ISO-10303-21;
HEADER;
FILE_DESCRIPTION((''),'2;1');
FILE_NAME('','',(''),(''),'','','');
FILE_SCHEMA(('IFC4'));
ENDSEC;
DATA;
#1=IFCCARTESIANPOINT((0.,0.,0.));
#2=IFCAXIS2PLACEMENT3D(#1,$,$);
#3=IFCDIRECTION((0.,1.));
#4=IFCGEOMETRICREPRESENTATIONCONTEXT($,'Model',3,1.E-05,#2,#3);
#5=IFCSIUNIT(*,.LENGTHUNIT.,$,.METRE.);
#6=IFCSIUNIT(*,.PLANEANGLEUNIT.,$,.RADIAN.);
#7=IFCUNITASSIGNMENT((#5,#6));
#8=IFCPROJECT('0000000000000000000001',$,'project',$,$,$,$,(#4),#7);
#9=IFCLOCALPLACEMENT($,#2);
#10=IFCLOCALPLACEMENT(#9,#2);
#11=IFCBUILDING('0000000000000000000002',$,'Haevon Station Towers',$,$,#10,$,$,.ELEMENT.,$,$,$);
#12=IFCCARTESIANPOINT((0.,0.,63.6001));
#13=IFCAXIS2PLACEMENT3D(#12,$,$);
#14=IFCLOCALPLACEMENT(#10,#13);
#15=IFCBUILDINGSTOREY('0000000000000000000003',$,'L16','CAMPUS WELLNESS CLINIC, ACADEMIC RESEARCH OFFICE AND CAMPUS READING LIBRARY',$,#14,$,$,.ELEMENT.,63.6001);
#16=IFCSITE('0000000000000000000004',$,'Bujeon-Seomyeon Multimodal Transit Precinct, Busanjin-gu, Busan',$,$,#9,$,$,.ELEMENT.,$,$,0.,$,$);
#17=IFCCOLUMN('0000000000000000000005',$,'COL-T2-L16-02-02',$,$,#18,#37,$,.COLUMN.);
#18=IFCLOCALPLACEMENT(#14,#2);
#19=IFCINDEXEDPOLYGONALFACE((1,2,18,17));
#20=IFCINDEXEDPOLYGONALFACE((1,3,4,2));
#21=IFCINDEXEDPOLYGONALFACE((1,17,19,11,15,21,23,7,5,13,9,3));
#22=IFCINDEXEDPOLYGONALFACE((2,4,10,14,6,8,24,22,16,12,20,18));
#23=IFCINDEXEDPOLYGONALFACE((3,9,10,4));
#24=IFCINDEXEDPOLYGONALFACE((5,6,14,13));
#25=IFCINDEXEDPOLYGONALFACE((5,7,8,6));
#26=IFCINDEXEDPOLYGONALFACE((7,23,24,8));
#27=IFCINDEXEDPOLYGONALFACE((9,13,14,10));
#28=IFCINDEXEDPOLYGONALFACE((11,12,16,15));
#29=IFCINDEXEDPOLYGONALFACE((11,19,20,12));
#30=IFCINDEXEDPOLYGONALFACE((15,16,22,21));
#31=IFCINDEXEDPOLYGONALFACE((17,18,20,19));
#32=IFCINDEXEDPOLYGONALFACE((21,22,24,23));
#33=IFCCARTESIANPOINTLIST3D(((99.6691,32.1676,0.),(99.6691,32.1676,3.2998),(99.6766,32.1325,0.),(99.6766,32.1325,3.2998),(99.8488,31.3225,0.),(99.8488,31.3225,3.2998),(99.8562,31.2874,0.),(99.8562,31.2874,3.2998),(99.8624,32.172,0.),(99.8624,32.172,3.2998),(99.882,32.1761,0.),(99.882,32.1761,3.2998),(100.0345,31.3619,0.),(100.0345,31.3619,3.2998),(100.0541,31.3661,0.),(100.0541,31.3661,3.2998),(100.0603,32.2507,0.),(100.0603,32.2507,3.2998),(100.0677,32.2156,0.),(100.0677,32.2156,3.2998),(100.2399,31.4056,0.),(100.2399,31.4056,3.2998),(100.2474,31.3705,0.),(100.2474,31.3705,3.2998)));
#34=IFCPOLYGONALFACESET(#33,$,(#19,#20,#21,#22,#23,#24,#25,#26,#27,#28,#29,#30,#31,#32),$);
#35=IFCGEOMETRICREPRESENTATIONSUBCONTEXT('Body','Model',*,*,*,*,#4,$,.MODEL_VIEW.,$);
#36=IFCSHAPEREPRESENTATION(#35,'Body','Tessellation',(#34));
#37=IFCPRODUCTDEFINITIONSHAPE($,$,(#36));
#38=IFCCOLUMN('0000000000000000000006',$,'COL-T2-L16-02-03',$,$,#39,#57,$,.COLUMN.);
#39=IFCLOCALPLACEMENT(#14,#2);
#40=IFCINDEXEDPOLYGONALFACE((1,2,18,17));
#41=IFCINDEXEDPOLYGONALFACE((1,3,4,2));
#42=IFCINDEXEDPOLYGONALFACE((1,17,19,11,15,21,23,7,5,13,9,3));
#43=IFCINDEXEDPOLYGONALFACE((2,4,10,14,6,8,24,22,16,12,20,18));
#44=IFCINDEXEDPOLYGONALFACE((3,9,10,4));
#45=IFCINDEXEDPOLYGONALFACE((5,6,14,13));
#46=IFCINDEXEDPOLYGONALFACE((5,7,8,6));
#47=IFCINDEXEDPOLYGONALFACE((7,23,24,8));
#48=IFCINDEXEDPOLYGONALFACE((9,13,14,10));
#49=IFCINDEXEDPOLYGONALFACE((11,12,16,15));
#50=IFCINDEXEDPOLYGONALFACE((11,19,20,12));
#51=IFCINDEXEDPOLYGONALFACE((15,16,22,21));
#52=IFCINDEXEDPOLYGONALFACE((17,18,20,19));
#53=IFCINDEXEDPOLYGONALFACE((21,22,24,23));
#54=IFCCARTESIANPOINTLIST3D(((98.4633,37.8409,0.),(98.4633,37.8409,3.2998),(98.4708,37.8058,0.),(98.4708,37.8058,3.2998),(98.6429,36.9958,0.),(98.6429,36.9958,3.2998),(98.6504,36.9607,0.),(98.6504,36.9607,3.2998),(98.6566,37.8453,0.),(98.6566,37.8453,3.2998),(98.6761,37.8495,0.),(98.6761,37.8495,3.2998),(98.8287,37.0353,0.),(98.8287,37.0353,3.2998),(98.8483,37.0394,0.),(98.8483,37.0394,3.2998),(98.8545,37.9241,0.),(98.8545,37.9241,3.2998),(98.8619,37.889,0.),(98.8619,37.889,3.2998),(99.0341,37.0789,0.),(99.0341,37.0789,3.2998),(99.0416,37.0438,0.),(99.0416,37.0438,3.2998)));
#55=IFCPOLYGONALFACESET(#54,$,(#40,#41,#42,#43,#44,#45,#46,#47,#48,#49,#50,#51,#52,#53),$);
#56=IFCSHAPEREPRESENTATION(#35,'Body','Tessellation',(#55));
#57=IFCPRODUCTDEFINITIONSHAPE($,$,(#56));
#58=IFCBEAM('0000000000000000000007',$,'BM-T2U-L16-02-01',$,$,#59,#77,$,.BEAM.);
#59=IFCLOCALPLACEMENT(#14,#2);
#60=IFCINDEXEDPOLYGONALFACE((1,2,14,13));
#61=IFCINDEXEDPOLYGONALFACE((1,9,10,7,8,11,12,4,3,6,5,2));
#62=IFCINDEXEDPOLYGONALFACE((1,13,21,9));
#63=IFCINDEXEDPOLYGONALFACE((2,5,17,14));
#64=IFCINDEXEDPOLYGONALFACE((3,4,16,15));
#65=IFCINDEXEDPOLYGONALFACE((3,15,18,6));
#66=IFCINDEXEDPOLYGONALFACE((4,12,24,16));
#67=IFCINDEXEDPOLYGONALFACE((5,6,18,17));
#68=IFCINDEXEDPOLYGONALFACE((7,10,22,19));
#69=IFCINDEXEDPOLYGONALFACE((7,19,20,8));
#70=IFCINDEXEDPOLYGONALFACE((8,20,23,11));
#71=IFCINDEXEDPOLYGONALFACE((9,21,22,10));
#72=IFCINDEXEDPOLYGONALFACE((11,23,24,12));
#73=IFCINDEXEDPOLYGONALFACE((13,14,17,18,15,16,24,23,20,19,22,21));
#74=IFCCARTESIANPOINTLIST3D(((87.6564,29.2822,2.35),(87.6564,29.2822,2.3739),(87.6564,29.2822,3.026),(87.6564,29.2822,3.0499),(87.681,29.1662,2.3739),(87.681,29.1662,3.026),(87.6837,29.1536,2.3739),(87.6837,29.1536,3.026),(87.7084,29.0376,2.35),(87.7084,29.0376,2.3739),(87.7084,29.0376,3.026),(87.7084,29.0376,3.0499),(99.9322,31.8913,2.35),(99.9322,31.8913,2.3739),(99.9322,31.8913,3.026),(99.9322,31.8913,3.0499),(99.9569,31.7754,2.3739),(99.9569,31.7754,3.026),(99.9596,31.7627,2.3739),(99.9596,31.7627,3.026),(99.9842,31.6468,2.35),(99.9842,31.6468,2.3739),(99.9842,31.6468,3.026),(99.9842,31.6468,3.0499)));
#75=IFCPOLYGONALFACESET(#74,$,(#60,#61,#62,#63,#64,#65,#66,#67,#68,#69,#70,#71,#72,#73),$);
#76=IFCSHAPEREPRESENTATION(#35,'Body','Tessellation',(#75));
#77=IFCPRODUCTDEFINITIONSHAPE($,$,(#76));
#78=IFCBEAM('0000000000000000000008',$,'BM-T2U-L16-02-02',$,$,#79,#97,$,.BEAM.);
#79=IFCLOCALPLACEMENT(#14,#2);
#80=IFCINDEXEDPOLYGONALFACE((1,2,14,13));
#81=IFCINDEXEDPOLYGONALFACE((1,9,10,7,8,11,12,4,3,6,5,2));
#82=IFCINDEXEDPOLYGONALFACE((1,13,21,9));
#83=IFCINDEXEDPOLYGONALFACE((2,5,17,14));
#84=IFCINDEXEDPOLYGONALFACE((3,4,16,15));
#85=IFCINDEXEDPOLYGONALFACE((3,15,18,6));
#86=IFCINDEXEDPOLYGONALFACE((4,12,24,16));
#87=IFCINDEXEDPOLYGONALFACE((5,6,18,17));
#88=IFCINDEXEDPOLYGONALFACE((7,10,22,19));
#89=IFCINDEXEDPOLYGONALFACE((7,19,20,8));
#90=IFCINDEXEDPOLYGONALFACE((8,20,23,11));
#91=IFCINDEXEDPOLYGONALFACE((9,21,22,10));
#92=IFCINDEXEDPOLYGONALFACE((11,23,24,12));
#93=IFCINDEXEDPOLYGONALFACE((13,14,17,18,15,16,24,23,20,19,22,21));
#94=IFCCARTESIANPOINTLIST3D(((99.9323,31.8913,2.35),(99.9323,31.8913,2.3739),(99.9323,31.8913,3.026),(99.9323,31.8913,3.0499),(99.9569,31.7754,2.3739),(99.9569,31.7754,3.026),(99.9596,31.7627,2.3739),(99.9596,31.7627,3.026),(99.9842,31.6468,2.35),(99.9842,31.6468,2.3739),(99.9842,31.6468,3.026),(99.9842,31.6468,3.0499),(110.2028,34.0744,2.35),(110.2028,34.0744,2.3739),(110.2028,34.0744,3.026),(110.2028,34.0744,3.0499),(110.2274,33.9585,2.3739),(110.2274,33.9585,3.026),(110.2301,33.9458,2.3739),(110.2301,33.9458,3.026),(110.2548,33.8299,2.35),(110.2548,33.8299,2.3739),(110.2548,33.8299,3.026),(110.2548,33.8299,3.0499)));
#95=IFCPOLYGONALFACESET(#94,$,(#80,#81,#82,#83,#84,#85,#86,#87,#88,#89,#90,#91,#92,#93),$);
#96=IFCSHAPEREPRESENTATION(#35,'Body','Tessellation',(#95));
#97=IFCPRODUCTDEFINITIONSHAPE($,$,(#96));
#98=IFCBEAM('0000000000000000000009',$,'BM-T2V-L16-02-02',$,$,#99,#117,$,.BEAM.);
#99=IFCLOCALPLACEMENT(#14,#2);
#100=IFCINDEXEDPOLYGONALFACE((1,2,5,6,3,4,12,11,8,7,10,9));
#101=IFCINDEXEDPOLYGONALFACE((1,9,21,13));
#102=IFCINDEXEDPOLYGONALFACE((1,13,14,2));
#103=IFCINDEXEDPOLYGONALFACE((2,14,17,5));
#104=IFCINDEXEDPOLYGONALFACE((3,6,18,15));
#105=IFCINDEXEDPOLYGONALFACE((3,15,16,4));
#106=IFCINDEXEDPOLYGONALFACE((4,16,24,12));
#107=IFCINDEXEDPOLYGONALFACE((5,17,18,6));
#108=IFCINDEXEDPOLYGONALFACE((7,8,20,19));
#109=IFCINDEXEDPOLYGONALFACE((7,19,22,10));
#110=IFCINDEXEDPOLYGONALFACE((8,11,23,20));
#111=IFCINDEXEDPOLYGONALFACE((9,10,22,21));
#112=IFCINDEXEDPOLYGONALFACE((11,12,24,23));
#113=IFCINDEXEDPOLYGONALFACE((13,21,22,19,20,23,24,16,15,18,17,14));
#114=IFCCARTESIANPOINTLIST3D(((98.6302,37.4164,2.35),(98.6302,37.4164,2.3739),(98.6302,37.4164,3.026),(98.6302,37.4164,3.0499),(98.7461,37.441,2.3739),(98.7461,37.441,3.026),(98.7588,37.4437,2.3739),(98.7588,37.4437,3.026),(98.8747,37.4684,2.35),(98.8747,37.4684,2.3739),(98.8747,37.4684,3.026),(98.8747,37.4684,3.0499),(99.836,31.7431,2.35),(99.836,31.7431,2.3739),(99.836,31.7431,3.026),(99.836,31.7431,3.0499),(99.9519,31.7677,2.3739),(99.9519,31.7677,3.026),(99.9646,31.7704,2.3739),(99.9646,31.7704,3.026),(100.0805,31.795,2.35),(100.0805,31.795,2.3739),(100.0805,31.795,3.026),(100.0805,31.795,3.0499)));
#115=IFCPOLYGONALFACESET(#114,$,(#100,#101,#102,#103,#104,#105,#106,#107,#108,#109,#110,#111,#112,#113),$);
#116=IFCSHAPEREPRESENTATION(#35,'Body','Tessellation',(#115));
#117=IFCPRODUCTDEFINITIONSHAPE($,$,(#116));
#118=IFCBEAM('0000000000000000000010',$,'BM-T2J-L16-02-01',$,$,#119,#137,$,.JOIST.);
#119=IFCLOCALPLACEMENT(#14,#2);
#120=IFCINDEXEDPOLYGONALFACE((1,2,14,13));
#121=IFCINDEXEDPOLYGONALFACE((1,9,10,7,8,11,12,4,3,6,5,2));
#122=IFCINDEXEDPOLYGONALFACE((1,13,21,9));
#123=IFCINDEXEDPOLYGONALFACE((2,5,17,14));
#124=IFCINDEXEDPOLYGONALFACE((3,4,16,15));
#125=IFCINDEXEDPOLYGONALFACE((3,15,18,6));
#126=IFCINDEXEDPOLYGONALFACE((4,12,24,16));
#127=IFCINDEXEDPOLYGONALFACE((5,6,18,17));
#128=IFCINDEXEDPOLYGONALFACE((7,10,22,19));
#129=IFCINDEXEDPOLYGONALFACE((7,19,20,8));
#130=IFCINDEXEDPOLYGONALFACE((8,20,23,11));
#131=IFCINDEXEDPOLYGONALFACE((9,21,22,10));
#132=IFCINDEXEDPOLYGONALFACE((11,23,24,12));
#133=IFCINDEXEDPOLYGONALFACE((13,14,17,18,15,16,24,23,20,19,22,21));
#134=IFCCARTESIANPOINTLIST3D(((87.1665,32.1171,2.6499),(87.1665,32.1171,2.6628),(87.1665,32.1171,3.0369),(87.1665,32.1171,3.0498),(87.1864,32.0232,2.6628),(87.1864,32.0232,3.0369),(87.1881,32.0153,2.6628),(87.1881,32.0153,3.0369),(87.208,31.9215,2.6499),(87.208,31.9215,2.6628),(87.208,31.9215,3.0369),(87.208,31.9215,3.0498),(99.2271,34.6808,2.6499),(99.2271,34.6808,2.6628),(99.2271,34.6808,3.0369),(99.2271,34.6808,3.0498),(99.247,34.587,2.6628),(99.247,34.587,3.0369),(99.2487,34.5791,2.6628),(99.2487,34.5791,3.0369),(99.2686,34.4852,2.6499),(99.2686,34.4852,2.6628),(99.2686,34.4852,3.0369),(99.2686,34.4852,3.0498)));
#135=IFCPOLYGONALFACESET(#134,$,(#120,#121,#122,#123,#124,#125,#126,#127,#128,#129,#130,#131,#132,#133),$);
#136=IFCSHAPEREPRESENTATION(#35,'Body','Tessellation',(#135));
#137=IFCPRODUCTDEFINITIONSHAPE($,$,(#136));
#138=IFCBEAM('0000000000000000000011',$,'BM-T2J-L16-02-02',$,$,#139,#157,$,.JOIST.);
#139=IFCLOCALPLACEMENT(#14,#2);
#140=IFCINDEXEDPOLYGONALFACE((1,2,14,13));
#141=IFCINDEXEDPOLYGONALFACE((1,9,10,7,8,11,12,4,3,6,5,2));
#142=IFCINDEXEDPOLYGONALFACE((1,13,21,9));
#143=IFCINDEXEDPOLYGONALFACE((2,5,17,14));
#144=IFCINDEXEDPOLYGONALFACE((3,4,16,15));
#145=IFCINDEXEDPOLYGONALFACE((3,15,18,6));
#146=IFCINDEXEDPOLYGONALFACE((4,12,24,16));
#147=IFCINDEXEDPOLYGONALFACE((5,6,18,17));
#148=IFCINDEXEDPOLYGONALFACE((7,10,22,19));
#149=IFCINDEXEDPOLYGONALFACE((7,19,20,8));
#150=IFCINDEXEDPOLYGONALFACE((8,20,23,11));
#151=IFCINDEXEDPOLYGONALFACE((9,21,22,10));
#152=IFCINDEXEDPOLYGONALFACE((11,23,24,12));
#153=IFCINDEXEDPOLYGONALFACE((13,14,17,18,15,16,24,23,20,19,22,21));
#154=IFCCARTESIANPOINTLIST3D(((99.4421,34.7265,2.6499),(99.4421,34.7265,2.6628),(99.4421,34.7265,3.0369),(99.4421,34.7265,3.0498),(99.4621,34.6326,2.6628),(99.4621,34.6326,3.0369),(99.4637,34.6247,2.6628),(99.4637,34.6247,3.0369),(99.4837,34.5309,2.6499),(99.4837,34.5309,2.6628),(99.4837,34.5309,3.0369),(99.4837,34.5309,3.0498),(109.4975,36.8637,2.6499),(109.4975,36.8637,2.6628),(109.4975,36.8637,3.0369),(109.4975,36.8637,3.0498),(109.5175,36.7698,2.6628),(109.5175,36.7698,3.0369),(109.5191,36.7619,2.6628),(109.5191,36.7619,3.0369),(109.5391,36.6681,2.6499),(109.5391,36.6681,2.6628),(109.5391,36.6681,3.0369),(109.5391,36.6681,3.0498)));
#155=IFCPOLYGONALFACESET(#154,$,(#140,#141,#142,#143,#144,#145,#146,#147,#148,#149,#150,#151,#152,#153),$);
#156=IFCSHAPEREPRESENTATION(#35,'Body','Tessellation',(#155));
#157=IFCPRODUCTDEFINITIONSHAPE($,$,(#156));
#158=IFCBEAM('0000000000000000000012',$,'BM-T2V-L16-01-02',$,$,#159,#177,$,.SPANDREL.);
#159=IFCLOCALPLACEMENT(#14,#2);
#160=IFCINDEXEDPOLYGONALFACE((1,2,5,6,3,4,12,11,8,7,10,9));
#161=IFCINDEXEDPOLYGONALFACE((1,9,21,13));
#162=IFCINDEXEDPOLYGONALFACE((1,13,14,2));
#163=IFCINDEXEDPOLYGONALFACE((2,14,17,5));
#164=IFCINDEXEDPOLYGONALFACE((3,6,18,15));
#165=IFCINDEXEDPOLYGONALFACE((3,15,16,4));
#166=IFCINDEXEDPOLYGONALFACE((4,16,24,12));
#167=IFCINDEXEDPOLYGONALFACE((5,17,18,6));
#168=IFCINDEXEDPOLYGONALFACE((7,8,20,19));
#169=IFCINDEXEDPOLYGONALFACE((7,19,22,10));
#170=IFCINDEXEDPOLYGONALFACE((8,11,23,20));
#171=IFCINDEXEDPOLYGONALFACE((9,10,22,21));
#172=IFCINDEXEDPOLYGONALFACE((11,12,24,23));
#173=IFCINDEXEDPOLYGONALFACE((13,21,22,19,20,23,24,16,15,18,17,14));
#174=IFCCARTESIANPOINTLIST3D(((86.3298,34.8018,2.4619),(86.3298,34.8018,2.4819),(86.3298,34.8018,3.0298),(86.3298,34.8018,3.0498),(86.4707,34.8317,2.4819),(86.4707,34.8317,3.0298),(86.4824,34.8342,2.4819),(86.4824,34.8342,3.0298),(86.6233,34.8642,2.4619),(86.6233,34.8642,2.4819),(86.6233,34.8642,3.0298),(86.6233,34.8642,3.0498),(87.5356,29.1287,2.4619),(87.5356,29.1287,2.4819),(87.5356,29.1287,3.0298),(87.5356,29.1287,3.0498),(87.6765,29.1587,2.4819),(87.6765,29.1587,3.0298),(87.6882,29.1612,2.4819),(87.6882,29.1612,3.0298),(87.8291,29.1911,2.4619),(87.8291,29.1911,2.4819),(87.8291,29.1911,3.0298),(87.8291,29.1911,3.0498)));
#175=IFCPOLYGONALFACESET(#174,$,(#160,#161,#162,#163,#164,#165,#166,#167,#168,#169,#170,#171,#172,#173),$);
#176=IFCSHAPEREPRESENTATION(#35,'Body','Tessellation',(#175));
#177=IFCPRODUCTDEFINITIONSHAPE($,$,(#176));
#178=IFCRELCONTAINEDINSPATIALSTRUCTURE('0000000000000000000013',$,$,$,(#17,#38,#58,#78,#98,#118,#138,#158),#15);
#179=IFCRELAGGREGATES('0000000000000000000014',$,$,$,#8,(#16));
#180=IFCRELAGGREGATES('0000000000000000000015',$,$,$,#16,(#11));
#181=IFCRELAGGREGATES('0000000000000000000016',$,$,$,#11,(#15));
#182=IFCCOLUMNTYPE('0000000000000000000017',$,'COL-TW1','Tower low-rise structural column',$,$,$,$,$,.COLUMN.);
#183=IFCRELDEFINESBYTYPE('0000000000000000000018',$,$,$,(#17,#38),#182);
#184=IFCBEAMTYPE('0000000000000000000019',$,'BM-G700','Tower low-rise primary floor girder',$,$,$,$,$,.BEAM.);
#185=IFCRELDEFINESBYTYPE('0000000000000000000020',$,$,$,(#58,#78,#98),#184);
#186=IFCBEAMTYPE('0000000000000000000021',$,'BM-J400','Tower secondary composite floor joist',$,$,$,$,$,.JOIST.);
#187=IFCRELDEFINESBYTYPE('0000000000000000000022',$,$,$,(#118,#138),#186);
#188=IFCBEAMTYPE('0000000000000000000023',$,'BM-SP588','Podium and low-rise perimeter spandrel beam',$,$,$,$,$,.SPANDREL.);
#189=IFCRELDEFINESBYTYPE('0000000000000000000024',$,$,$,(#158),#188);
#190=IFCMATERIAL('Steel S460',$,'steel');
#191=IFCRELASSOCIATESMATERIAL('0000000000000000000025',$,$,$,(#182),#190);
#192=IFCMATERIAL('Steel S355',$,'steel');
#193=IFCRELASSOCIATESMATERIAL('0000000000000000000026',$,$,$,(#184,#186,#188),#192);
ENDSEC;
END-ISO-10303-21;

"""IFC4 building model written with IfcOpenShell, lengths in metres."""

from ifc_helpers import new_model, si_unit, direction, frame, origin, origin_2d, place, context, subcontext, project, spatial, i_section, extrude, material, material_profile, profile_set, type_object, element, save


model = new_model("IFC4")

# Units and contexts
model_context = context("Model", 3, precision=1e-05, world=origin(), true_north=direction((0.0, 1.0)))
body_context = subcontext(model_context, "Body", "Model", "MODEL_VIEW")
ifc_project = project(units=[si_unit("LENGTHUNIT", "METRE"), si_unit("PLANEANGLEUNIT", "RADIAN")], contexts=[model_context])

# Site, building, storey
site_placement = place(None, origin())
site = spatial("IfcSite", under=ifc_project, at=site_placement, Name="Bujeon-Seomyeon Multimodal Transit Precinct, Busanjin-gu, Busan", CompositionType="ELEMENT", RefElevation=0.0)
building_placement = place(site_placement, origin())
building = spatial("IfcBuilding", under=site, at=building_placement, Name="Haevon Station Towers", CompositionType="ELEMENT")
storey_placement = place(building_placement, frame((0.0, 0.0, 63.6001)))
storey = spatial("IfcBuildingStorey", under=building, at=storey_placement, Name="L16", Description="CAMPUS WELLNESS CLINIC, ACADEMIC RESEARCH OFFICE AND CAMPUS READING LIBRARY", CompositionType="ELEMENT", Elevation=63.6001)

# Columns
ifc_material_1 = material(Name="Steel S460", Category="steel")
ifc_material_profile_1 = material_profile(ifc_material_1, i_section(OverallWidth=0.3999, OverallDepth=0.8999, WebThickness=0.02, FlangeThickness=0.0359, at=origin_2d()), Name="H-900x400x20x36")
ifc_profile_set_1 = profile_set([ifc_material_profile_1], Name="Steel S460")
column_type = type_object("IfcColumnType", Name="COL-TW1", Description="Tower low-rise structural column", PredefinedType="COLUMN", material=ifc_profile_set_1)
for number, where, z_axis, x_axis, name in (
    (1, (99.9583, 31.769, 0.0), (0.0, 0.0, 1.0), (0.978148, 0.207912, 0.0), "COL-T2-L16-02-02"),
    (2, (98.7524, 37.4424, 0.0), (0.0, 0.0, 1.0), (0.978148, 0.207912, 0.0), "COL-T2-L16-02-03"),
):
    element("IfcColumn", number, at=place(storey_placement, frame(where, z_axis=z_axis, x_axis=x_axis)), inside=storey, type_object=column_type, Name=name, PredefinedType="COLUMN", context=body_context, shape_type="SweptSolid", body=[
        extrude(i_section(OverallWidth=0.3999, OverallDepth=0.8999, WebThickness=0.02, FlangeThickness=0.0359, at=origin_2d()), origin(), (0.0, 0.0, 1.0), 3.2998),
    ])

# Beams
ifc_material_2 = material(Name="Steel S355", Category="steel")
ifc_material_profile_2 = material_profile(ifc_material_2, i_section(OverallWidth=0.25, OverallDepth=0.7, WebThickness=0.0129, FlangeThickness=0.0239, at=origin_2d()), Name="H-700x250x13x24")
ifc_profile_set_2 = profile_set([ifc_material_profile_2], Name="Steel S355")
beam_type_1 = type_object("IfcBeamType", Name="BM-G700", Description="Tower low-rise primary floor girder", PredefinedType="BEAM", material=ifc_profile_set_2)
beam_1_placement = place(storey_placement, frame((87.6824, 29.1599, 2.7), z_axis=(0.978151, 0.207897, 0.0), x_axis=(-0.207897, 0.978151, 0.0)))
element("IfcBeam", 3, at=beam_1_placement, inside=storey, type_object=beam_type_1, Name="BM-T2U-L16-02-01", PredefinedType="BEAM", context=body_context, shape_type="SweptSolid", body=[
    extrude(i_section(OverallWidth=0.25, OverallDepth=0.7, WebThickness=0.0129, FlangeThickness=0.0239, at=origin_2d()), origin(), (0.0, 0.0, 1.0), 12.55),
])
beam_2_placement = place(storey_placement, frame((99.9583, 31.769, 2.7), z_axis=(0.978147, 0.207915, 0.0), x_axis=(-0.207915, 0.978147, 0.0)))
element("IfcBeam", 4, at=beam_2_placement, inside=storey, type_object=beam_type_1, Name="BM-T2U-L16-02-02", PredefinedType="BEAM", context=body_context, shape_type="SweptSolid", body=[
    extrude(i_section(OverallWidth=0.25, OverallDepth=0.7, WebThickness=0.0129, FlangeThickness=0.0239, at=origin_2d()), origin(), (0.0, 0.0, 1.0), 10.5),
])
beam_3_placement = place(storey_placement, frame((99.9583, 31.769, 2.7), z_axis=(-0.207896, 0.978151, 0.0), x_axis=(-0.978151, -0.207896, 0.0)))
element("IfcBeam", 5, at=beam_3_placement, inside=storey, type_object=beam_type_1, Name="BM-T2V-L16-02-02", PredefinedType="BEAM", context=body_context, shape_type="SweptSolid", body=[
    extrude(i_section(OverallWidth=0.25, OverallDepth=0.7, WebThickness=0.0129, FlangeThickness=0.0239, at=origin_2d()), origin(), (0.0, 0.0, 1.0), 5.8),
])
ifc_material_profile_3 = material_profile(ifc_material_2, i_section(OverallWidth=0.2, OverallDepth=0.3999, WebThickness=0.0081, FlangeThickness=0.0129, at=origin_2d()), Name="H-400x200x8x13")
ifc_profile_set_3 = profile_set([ifc_material_profile_3], Name="Steel S355")
beam_type_2 = type_object("IfcBeamType", Name="BM-J400", Description="Tower secondary composite floor joist", PredefinedType="JOIST", material=ifc_profile_set_3)
beam_4_placement = place(storey_placement, frame((87.1873, 32.0193, 2.8499), z_axis=(0.978145, 0.207925, 0.0), x_axis=(-0.207925, 0.978145, 0.0)))
element("IfcBeam", 6, at=beam_4_placement, inside=storey, type_object=beam_type_2, Name="BM-T2J-L16-02-01", PredefinedType="JOIST", context=body_context, shape_type="SweptSolid", body=[
    extrude(i_section(OverallWidth=0.2, OverallDepth=0.3999, WebThickness=0.0081, FlangeThickness=0.0129, at=origin_2d()), origin(), (0.0, 0.0, 1.0), 12.3301),
])
beam_5_placement = place(storey_placement, frame((99.4629, 34.6287, 2.8499), z_axis=(0.97815, 0.207899, 0.0), x_axis=(-0.207899, 0.97815, 0.0)))
element("IfcBeam", 7, at=beam_5_placement, inside=storey, type_object=beam_type_2, Name="BM-T2J-L16-02-02", PredefinedType="JOIST", context=body_context, shape_type="SweptSolid", body=[
    extrude(i_section(OverallWidth=0.2, OverallDepth=0.3999, WebThickness=0.0081, FlangeThickness=0.0129, at=origin_2d()), origin(), (0.0, 0.0, 1.0), 10.28),
])
ifc_material_profile_4 = material_profile(ifc_material_2, i_section(OverallWidth=0.3, OverallDepth=0.5879, WebThickness=0.012, FlangeThickness=0.02, at=origin_2d()), Name="H-588x300x12x20")
ifc_profile_set_4 = profile_set([ifc_material_profile_4], Name="Steel S355")
beam_type_3 = type_object("IfcBeamType", Name="BM-SP588", Description="Podium and low-rise perimeter spandrel beam", PredefinedType="SPANDREL", material=ifc_profile_set_4)
beam_6_placement = place(storey_placement, frame((87.6824, 29.1599, 2.7559), z_axis=(-0.207905, 0.978149, 0.0), x_axis=(-0.978149, -0.207905, 0.0)))
element("IfcBeam", 8, at=beam_6_placement, inside=storey, type_object=beam_type_3, Name="BM-T2V-L16-01-02", PredefinedType="SPANDREL", context=body_context, shape_type="SweptSolid", body=[
    extrude(i_section(OverallWidth=0.3, OverallDepth=0.5879, WebThickness=0.012, FlangeThickness=0.02, at=origin_2d()), origin(), (0.0, 0.0, 1.0), 5.7998),
])

save(model, "model.ifc")
